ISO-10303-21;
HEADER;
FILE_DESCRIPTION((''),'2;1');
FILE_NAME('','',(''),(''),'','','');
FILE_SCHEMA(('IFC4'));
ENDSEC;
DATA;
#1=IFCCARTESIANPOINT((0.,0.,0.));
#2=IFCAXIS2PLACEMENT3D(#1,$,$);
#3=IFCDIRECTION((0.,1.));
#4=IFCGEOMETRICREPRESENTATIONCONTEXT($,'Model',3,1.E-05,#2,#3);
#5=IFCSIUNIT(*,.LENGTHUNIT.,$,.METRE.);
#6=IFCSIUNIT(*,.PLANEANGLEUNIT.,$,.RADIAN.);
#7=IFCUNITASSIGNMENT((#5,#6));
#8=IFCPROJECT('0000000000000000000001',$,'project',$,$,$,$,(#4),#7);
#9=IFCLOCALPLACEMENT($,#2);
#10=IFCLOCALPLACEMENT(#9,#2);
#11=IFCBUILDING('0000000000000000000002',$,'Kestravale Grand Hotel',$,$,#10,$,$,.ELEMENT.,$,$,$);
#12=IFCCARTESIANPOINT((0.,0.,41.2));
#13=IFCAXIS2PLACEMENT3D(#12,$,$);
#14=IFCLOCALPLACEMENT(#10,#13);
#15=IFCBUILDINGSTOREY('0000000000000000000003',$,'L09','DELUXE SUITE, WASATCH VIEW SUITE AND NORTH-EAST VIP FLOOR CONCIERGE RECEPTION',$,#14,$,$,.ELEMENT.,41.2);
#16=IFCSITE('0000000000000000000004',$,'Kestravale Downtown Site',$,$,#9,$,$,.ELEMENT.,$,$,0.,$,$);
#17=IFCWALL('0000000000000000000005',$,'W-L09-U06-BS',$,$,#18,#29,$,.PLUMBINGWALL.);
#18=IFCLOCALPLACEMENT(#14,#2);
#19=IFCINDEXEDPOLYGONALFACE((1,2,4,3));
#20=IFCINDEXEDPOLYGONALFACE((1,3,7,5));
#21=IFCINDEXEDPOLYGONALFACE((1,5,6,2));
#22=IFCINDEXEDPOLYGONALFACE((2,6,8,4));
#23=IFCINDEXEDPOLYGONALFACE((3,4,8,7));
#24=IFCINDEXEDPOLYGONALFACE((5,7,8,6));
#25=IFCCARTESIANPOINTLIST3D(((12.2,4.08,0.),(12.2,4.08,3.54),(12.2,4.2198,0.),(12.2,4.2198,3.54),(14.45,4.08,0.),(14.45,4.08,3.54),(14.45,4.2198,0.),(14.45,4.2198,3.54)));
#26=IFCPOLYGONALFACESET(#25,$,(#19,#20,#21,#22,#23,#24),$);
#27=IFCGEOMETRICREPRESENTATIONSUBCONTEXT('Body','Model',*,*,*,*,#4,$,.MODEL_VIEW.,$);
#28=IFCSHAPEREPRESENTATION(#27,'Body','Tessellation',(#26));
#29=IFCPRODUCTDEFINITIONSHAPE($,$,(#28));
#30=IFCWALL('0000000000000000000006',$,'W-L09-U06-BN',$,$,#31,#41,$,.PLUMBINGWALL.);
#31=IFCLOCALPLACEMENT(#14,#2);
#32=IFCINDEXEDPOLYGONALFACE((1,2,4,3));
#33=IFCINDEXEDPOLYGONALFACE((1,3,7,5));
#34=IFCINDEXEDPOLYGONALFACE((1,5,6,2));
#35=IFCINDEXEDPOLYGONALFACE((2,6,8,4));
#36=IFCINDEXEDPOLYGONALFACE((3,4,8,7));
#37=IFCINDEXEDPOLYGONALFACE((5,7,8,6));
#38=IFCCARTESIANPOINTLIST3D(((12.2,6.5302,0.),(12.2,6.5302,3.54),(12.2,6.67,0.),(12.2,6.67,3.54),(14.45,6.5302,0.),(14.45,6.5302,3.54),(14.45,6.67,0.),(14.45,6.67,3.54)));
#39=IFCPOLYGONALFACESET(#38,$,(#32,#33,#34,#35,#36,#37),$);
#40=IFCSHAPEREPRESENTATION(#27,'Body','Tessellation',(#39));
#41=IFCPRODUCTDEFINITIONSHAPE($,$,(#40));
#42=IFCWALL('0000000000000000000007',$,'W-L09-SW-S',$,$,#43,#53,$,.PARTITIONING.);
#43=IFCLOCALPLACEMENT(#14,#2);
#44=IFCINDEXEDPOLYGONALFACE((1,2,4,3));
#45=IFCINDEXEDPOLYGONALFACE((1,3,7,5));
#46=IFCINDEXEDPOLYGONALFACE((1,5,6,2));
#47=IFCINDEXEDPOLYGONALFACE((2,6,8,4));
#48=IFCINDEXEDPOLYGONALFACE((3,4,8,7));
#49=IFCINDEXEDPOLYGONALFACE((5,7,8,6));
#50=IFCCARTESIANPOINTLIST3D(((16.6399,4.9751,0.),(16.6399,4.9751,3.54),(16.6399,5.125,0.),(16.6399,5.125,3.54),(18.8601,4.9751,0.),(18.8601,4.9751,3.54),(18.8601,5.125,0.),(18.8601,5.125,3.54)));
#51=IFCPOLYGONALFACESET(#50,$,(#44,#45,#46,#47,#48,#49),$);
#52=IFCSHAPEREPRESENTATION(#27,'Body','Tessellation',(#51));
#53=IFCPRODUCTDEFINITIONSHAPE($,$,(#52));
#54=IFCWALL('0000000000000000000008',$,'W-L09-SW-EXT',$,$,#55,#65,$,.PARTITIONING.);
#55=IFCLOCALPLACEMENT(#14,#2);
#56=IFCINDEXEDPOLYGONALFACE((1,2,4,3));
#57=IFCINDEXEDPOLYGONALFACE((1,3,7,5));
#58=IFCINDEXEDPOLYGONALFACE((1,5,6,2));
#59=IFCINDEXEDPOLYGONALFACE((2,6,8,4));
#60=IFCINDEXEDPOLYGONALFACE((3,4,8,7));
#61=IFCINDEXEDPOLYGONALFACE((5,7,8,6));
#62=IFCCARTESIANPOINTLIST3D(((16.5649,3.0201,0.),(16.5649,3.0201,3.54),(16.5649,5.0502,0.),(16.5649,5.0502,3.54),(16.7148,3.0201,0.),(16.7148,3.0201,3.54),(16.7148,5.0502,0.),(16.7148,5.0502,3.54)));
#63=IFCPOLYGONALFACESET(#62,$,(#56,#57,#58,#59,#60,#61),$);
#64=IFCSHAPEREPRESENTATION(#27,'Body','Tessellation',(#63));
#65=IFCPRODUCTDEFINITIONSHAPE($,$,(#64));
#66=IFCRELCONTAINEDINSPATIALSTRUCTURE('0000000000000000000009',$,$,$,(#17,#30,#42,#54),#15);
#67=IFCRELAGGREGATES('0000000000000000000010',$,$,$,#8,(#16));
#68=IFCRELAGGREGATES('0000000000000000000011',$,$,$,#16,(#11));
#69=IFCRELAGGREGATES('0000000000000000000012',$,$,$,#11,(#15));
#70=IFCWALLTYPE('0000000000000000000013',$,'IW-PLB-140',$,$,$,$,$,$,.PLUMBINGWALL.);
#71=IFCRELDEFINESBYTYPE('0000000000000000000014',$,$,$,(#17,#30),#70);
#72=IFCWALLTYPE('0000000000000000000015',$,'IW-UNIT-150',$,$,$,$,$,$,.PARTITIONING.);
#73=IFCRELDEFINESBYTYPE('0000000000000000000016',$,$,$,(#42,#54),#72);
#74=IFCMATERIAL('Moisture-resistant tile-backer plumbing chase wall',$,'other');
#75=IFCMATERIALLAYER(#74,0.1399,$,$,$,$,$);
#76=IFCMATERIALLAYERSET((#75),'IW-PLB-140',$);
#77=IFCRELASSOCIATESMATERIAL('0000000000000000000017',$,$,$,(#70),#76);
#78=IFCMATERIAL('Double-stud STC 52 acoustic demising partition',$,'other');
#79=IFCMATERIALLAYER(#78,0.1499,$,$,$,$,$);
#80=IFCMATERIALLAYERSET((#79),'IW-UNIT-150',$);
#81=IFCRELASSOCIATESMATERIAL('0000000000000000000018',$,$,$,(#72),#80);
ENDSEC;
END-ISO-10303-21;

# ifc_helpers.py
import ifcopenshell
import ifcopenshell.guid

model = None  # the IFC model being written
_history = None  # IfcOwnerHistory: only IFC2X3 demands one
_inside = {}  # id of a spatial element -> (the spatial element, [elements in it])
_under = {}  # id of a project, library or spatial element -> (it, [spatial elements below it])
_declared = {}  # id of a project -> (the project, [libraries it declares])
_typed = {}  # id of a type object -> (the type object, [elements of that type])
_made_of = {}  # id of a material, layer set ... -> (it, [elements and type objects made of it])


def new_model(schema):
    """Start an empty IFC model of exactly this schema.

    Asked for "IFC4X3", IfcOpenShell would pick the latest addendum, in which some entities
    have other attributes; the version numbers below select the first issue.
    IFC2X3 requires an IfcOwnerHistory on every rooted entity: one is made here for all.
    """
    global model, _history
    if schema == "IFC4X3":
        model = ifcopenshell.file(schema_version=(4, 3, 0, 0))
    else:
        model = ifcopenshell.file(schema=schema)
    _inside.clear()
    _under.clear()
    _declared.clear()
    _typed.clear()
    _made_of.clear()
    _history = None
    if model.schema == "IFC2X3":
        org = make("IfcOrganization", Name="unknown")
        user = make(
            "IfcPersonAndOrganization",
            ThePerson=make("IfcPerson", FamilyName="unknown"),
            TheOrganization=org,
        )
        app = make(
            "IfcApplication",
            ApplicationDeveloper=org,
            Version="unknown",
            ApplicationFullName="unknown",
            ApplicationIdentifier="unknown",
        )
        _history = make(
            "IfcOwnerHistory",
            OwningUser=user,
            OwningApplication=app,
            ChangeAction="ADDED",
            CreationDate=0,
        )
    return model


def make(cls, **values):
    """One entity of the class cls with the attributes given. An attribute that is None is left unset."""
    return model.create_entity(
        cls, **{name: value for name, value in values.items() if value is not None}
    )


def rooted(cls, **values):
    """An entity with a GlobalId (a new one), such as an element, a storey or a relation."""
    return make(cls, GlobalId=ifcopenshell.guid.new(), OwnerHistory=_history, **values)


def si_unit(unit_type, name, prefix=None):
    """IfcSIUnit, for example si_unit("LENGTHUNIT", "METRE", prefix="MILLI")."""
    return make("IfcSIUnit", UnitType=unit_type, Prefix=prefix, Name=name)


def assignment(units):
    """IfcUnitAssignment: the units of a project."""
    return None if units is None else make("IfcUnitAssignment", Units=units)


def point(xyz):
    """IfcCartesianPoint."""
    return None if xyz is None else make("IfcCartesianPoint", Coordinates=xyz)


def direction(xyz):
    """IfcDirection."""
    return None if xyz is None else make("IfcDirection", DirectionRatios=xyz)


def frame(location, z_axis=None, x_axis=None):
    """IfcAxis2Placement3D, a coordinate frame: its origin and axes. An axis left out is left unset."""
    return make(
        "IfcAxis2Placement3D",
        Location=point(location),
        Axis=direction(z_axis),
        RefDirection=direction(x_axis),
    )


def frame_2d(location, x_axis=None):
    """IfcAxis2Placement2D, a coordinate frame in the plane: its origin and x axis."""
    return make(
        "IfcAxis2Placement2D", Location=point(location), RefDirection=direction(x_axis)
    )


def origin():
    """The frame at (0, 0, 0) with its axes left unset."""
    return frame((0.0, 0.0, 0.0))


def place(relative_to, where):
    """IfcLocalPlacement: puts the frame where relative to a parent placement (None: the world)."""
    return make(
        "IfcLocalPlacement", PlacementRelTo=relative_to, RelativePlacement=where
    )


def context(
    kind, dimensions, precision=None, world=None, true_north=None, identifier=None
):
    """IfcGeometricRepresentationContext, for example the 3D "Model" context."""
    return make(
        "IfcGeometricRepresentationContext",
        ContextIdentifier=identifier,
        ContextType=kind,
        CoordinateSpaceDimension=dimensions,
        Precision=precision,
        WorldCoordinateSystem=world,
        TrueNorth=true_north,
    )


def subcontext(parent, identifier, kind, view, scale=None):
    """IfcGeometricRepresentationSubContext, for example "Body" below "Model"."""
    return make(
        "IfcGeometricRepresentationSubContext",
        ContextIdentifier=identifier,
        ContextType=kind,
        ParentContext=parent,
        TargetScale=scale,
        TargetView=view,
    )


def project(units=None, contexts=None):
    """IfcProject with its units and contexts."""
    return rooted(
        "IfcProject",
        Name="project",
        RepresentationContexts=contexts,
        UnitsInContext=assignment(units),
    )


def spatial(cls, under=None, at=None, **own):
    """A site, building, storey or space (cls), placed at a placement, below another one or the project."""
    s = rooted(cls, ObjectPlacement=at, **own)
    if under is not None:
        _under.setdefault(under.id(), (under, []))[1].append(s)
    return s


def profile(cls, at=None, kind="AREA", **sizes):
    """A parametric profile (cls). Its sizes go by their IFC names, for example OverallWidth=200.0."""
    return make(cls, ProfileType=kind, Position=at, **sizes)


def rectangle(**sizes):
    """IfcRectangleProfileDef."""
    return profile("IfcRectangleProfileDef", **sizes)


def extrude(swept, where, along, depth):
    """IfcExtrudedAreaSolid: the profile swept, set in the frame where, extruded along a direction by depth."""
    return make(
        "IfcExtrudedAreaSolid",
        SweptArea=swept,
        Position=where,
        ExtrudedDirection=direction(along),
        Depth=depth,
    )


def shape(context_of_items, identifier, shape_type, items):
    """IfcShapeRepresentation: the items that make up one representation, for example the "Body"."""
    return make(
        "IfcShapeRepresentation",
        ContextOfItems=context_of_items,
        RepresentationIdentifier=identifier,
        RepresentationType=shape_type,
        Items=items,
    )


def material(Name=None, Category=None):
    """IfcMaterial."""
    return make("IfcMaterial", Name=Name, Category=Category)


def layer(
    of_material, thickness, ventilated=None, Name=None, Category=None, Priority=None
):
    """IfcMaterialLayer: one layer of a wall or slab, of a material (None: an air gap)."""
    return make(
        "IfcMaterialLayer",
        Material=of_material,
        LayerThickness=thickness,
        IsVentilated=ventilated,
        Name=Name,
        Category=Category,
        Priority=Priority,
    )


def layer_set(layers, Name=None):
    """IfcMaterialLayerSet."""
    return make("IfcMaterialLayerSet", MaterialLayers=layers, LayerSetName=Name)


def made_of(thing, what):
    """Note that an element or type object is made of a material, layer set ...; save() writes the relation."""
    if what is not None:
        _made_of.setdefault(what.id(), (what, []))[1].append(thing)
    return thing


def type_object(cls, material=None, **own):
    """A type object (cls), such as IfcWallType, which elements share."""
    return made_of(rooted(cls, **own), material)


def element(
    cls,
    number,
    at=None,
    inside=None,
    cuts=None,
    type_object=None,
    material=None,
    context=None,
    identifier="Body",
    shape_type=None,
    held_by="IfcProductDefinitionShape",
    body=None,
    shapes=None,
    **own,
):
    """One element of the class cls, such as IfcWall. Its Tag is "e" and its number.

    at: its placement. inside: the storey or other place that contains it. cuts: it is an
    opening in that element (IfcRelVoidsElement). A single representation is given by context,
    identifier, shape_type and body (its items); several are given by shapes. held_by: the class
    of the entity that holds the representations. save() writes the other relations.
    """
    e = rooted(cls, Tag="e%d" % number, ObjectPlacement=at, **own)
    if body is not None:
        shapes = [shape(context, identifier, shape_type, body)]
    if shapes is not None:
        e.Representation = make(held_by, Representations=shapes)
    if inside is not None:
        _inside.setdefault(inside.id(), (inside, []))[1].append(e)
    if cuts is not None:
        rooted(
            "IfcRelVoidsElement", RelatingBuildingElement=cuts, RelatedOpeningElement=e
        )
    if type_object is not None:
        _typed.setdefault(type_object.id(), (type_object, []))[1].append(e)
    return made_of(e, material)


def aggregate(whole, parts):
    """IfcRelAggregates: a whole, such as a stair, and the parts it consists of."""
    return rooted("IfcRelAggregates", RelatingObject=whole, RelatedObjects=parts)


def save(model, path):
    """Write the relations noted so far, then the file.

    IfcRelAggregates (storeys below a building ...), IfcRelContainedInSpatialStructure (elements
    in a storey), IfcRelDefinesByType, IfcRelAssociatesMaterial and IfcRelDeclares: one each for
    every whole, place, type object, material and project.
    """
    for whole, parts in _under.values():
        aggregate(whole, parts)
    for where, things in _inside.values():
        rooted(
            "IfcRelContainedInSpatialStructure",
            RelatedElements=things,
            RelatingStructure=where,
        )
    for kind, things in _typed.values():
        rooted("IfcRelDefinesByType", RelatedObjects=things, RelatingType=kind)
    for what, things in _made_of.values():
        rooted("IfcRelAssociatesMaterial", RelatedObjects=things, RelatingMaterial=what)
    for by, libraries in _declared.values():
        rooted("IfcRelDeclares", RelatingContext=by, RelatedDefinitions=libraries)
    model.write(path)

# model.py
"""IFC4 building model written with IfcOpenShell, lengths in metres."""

from ifc_helpers import new_model, si_unit, direction, frame, frame_2d, origin, place, context, subcontext, project, spatial, rectangle, extrude, material, layer, layer_set, type_object, element, save


model = new_model("IFC4")

# Units and contexts
model_context = context("Model", 3, precision=1e-05, world=origin(), true_north=direction((0.0, 1.0)))
body_context = subcontext(model_context, "Body", "Model", "MODEL_VIEW")
ifc_project = project(units=[si_unit("LENGTHUNIT", "METRE"), si_unit("PLANEANGLEUNIT", "RADIAN")], contexts=[model_context])

# Site, building, storey
site_placement = place(None, origin())
site = spatial("IfcSite", under=ifc_project, at=site_placement, Name="Kestravale Downtown Site", CompositionType="ELEMENT", RefElevation=0.0)
building_placement = place(site_placement, origin())
building = spatial("IfcBuilding", under=site, at=building_placement, Name="Kestravale Grand Hotel", CompositionType="ELEMENT")
storey_placement = place(building_placement, frame((0.0, 0.0, 41.2)))
storey = spatial("IfcBuildingStorey", under=building, at=storey_placement, Name="L09", Description="DELUXE SUITE, WASATCH VIEW SUITE AND NORTH-EAST VIP FLOOR CONCIERGE RECEPTION", CompositionType="ELEMENT", Elevation=41.2)

# Shared definitions
ifc_material_1 = material(Name="Moisture-resistant tile-backer plumbing chase wall", Category="other")
ifc_layer_1 = layer(ifc_material_1, 0.1399)
ifc_layer_set_1 = layer_set([ifc_layer_1], Name="IW-PLB-140")
wall_type_1 = type_object("IfcWallType", Name="IW-PLB-140", PredefinedType="PLUMBINGWALL", material=ifc_layer_set_1)

# Walls
for number, where, z_axis, x_axis, name in (
    (1, (12.2, 4.1499, 0.0), (0.0, 0.0, 1.0), (1.0, 0.0, 0.0), "W-L09-U06-BS"),
    (2, (12.2, 6.6001, 0.0), (0.0, 0.0, 1.0), (1.0, 0.0, 0.0), "W-L09-U06-BN"),
):
    element("IfcWall", number, at=place(storey_placement, frame(where, z_axis=z_axis, x_axis=x_axis)), inside=storey, type_object=wall_type_1, Name=name, PredefinedType="PLUMBINGWALL", context=body_context, shape_type="SweptSolid", body=[
        extrude(rectangle(XDim=2.25, YDim=0.1399, at=frame_2d((1.125, 0.0))), origin(), (0.0, 0.0, 1.0), 3.54),
    ])
ifc_material_2 = material(Name="Double-stud STC 52 acoustic demising partition", Category="other")
ifc_layer_2 = layer(ifc_material_2, 0.1499)
ifc_layer_set_2 = layer_set([ifc_layer_2], Name="IW-UNIT-150")
wall_type_2 = type_object("IfcWallType", Name="IW-UNIT-150", PredefinedType="PARTITIONING", material=ifc_layer_set_2)
wall_1_placement = place(storey_placement, frame((16.6399, 5.05, 0.0), z_axis=(0.0, 0.0, 1.0), x_axis=(1.0, 0.0, 0.0)))
element("IfcWall", 3, at=wall_1_placement, inside=storey, type_object=wall_type_2, Name="W-L09-SW-S", PredefinedType="PARTITIONING", context=body_context, shape_type="SweptSolid", body=[
    extrude(rectangle(XDim=2.2202, YDim=0.1499, at=frame_2d((1.1101, 0.0))), origin(), (0.0, 0.0, 1.0), 3.54),
])
wall_2_placement = place(storey_placement, frame((16.6399, 3.02, 0.0), z_axis=(0.0, 0.0, 1.0), x_axis=(0.0, 1.0, 0.0)))
element("IfcWall", 4, at=wall_2_placement, inside=storey, type_object=wall_type_2, Name="W-L09-SW-EXT", PredefinedType="PARTITIONING", context=body_context, shape_type="SweptSolid", body=[
    extrude(rectangle(XDim=2.03, YDim=0.1499, at=frame_2d((1.0151, 0.0))), origin(), (0.0, 0.0, 1.0), 3.54),
])

save(model, "model.ifc")
